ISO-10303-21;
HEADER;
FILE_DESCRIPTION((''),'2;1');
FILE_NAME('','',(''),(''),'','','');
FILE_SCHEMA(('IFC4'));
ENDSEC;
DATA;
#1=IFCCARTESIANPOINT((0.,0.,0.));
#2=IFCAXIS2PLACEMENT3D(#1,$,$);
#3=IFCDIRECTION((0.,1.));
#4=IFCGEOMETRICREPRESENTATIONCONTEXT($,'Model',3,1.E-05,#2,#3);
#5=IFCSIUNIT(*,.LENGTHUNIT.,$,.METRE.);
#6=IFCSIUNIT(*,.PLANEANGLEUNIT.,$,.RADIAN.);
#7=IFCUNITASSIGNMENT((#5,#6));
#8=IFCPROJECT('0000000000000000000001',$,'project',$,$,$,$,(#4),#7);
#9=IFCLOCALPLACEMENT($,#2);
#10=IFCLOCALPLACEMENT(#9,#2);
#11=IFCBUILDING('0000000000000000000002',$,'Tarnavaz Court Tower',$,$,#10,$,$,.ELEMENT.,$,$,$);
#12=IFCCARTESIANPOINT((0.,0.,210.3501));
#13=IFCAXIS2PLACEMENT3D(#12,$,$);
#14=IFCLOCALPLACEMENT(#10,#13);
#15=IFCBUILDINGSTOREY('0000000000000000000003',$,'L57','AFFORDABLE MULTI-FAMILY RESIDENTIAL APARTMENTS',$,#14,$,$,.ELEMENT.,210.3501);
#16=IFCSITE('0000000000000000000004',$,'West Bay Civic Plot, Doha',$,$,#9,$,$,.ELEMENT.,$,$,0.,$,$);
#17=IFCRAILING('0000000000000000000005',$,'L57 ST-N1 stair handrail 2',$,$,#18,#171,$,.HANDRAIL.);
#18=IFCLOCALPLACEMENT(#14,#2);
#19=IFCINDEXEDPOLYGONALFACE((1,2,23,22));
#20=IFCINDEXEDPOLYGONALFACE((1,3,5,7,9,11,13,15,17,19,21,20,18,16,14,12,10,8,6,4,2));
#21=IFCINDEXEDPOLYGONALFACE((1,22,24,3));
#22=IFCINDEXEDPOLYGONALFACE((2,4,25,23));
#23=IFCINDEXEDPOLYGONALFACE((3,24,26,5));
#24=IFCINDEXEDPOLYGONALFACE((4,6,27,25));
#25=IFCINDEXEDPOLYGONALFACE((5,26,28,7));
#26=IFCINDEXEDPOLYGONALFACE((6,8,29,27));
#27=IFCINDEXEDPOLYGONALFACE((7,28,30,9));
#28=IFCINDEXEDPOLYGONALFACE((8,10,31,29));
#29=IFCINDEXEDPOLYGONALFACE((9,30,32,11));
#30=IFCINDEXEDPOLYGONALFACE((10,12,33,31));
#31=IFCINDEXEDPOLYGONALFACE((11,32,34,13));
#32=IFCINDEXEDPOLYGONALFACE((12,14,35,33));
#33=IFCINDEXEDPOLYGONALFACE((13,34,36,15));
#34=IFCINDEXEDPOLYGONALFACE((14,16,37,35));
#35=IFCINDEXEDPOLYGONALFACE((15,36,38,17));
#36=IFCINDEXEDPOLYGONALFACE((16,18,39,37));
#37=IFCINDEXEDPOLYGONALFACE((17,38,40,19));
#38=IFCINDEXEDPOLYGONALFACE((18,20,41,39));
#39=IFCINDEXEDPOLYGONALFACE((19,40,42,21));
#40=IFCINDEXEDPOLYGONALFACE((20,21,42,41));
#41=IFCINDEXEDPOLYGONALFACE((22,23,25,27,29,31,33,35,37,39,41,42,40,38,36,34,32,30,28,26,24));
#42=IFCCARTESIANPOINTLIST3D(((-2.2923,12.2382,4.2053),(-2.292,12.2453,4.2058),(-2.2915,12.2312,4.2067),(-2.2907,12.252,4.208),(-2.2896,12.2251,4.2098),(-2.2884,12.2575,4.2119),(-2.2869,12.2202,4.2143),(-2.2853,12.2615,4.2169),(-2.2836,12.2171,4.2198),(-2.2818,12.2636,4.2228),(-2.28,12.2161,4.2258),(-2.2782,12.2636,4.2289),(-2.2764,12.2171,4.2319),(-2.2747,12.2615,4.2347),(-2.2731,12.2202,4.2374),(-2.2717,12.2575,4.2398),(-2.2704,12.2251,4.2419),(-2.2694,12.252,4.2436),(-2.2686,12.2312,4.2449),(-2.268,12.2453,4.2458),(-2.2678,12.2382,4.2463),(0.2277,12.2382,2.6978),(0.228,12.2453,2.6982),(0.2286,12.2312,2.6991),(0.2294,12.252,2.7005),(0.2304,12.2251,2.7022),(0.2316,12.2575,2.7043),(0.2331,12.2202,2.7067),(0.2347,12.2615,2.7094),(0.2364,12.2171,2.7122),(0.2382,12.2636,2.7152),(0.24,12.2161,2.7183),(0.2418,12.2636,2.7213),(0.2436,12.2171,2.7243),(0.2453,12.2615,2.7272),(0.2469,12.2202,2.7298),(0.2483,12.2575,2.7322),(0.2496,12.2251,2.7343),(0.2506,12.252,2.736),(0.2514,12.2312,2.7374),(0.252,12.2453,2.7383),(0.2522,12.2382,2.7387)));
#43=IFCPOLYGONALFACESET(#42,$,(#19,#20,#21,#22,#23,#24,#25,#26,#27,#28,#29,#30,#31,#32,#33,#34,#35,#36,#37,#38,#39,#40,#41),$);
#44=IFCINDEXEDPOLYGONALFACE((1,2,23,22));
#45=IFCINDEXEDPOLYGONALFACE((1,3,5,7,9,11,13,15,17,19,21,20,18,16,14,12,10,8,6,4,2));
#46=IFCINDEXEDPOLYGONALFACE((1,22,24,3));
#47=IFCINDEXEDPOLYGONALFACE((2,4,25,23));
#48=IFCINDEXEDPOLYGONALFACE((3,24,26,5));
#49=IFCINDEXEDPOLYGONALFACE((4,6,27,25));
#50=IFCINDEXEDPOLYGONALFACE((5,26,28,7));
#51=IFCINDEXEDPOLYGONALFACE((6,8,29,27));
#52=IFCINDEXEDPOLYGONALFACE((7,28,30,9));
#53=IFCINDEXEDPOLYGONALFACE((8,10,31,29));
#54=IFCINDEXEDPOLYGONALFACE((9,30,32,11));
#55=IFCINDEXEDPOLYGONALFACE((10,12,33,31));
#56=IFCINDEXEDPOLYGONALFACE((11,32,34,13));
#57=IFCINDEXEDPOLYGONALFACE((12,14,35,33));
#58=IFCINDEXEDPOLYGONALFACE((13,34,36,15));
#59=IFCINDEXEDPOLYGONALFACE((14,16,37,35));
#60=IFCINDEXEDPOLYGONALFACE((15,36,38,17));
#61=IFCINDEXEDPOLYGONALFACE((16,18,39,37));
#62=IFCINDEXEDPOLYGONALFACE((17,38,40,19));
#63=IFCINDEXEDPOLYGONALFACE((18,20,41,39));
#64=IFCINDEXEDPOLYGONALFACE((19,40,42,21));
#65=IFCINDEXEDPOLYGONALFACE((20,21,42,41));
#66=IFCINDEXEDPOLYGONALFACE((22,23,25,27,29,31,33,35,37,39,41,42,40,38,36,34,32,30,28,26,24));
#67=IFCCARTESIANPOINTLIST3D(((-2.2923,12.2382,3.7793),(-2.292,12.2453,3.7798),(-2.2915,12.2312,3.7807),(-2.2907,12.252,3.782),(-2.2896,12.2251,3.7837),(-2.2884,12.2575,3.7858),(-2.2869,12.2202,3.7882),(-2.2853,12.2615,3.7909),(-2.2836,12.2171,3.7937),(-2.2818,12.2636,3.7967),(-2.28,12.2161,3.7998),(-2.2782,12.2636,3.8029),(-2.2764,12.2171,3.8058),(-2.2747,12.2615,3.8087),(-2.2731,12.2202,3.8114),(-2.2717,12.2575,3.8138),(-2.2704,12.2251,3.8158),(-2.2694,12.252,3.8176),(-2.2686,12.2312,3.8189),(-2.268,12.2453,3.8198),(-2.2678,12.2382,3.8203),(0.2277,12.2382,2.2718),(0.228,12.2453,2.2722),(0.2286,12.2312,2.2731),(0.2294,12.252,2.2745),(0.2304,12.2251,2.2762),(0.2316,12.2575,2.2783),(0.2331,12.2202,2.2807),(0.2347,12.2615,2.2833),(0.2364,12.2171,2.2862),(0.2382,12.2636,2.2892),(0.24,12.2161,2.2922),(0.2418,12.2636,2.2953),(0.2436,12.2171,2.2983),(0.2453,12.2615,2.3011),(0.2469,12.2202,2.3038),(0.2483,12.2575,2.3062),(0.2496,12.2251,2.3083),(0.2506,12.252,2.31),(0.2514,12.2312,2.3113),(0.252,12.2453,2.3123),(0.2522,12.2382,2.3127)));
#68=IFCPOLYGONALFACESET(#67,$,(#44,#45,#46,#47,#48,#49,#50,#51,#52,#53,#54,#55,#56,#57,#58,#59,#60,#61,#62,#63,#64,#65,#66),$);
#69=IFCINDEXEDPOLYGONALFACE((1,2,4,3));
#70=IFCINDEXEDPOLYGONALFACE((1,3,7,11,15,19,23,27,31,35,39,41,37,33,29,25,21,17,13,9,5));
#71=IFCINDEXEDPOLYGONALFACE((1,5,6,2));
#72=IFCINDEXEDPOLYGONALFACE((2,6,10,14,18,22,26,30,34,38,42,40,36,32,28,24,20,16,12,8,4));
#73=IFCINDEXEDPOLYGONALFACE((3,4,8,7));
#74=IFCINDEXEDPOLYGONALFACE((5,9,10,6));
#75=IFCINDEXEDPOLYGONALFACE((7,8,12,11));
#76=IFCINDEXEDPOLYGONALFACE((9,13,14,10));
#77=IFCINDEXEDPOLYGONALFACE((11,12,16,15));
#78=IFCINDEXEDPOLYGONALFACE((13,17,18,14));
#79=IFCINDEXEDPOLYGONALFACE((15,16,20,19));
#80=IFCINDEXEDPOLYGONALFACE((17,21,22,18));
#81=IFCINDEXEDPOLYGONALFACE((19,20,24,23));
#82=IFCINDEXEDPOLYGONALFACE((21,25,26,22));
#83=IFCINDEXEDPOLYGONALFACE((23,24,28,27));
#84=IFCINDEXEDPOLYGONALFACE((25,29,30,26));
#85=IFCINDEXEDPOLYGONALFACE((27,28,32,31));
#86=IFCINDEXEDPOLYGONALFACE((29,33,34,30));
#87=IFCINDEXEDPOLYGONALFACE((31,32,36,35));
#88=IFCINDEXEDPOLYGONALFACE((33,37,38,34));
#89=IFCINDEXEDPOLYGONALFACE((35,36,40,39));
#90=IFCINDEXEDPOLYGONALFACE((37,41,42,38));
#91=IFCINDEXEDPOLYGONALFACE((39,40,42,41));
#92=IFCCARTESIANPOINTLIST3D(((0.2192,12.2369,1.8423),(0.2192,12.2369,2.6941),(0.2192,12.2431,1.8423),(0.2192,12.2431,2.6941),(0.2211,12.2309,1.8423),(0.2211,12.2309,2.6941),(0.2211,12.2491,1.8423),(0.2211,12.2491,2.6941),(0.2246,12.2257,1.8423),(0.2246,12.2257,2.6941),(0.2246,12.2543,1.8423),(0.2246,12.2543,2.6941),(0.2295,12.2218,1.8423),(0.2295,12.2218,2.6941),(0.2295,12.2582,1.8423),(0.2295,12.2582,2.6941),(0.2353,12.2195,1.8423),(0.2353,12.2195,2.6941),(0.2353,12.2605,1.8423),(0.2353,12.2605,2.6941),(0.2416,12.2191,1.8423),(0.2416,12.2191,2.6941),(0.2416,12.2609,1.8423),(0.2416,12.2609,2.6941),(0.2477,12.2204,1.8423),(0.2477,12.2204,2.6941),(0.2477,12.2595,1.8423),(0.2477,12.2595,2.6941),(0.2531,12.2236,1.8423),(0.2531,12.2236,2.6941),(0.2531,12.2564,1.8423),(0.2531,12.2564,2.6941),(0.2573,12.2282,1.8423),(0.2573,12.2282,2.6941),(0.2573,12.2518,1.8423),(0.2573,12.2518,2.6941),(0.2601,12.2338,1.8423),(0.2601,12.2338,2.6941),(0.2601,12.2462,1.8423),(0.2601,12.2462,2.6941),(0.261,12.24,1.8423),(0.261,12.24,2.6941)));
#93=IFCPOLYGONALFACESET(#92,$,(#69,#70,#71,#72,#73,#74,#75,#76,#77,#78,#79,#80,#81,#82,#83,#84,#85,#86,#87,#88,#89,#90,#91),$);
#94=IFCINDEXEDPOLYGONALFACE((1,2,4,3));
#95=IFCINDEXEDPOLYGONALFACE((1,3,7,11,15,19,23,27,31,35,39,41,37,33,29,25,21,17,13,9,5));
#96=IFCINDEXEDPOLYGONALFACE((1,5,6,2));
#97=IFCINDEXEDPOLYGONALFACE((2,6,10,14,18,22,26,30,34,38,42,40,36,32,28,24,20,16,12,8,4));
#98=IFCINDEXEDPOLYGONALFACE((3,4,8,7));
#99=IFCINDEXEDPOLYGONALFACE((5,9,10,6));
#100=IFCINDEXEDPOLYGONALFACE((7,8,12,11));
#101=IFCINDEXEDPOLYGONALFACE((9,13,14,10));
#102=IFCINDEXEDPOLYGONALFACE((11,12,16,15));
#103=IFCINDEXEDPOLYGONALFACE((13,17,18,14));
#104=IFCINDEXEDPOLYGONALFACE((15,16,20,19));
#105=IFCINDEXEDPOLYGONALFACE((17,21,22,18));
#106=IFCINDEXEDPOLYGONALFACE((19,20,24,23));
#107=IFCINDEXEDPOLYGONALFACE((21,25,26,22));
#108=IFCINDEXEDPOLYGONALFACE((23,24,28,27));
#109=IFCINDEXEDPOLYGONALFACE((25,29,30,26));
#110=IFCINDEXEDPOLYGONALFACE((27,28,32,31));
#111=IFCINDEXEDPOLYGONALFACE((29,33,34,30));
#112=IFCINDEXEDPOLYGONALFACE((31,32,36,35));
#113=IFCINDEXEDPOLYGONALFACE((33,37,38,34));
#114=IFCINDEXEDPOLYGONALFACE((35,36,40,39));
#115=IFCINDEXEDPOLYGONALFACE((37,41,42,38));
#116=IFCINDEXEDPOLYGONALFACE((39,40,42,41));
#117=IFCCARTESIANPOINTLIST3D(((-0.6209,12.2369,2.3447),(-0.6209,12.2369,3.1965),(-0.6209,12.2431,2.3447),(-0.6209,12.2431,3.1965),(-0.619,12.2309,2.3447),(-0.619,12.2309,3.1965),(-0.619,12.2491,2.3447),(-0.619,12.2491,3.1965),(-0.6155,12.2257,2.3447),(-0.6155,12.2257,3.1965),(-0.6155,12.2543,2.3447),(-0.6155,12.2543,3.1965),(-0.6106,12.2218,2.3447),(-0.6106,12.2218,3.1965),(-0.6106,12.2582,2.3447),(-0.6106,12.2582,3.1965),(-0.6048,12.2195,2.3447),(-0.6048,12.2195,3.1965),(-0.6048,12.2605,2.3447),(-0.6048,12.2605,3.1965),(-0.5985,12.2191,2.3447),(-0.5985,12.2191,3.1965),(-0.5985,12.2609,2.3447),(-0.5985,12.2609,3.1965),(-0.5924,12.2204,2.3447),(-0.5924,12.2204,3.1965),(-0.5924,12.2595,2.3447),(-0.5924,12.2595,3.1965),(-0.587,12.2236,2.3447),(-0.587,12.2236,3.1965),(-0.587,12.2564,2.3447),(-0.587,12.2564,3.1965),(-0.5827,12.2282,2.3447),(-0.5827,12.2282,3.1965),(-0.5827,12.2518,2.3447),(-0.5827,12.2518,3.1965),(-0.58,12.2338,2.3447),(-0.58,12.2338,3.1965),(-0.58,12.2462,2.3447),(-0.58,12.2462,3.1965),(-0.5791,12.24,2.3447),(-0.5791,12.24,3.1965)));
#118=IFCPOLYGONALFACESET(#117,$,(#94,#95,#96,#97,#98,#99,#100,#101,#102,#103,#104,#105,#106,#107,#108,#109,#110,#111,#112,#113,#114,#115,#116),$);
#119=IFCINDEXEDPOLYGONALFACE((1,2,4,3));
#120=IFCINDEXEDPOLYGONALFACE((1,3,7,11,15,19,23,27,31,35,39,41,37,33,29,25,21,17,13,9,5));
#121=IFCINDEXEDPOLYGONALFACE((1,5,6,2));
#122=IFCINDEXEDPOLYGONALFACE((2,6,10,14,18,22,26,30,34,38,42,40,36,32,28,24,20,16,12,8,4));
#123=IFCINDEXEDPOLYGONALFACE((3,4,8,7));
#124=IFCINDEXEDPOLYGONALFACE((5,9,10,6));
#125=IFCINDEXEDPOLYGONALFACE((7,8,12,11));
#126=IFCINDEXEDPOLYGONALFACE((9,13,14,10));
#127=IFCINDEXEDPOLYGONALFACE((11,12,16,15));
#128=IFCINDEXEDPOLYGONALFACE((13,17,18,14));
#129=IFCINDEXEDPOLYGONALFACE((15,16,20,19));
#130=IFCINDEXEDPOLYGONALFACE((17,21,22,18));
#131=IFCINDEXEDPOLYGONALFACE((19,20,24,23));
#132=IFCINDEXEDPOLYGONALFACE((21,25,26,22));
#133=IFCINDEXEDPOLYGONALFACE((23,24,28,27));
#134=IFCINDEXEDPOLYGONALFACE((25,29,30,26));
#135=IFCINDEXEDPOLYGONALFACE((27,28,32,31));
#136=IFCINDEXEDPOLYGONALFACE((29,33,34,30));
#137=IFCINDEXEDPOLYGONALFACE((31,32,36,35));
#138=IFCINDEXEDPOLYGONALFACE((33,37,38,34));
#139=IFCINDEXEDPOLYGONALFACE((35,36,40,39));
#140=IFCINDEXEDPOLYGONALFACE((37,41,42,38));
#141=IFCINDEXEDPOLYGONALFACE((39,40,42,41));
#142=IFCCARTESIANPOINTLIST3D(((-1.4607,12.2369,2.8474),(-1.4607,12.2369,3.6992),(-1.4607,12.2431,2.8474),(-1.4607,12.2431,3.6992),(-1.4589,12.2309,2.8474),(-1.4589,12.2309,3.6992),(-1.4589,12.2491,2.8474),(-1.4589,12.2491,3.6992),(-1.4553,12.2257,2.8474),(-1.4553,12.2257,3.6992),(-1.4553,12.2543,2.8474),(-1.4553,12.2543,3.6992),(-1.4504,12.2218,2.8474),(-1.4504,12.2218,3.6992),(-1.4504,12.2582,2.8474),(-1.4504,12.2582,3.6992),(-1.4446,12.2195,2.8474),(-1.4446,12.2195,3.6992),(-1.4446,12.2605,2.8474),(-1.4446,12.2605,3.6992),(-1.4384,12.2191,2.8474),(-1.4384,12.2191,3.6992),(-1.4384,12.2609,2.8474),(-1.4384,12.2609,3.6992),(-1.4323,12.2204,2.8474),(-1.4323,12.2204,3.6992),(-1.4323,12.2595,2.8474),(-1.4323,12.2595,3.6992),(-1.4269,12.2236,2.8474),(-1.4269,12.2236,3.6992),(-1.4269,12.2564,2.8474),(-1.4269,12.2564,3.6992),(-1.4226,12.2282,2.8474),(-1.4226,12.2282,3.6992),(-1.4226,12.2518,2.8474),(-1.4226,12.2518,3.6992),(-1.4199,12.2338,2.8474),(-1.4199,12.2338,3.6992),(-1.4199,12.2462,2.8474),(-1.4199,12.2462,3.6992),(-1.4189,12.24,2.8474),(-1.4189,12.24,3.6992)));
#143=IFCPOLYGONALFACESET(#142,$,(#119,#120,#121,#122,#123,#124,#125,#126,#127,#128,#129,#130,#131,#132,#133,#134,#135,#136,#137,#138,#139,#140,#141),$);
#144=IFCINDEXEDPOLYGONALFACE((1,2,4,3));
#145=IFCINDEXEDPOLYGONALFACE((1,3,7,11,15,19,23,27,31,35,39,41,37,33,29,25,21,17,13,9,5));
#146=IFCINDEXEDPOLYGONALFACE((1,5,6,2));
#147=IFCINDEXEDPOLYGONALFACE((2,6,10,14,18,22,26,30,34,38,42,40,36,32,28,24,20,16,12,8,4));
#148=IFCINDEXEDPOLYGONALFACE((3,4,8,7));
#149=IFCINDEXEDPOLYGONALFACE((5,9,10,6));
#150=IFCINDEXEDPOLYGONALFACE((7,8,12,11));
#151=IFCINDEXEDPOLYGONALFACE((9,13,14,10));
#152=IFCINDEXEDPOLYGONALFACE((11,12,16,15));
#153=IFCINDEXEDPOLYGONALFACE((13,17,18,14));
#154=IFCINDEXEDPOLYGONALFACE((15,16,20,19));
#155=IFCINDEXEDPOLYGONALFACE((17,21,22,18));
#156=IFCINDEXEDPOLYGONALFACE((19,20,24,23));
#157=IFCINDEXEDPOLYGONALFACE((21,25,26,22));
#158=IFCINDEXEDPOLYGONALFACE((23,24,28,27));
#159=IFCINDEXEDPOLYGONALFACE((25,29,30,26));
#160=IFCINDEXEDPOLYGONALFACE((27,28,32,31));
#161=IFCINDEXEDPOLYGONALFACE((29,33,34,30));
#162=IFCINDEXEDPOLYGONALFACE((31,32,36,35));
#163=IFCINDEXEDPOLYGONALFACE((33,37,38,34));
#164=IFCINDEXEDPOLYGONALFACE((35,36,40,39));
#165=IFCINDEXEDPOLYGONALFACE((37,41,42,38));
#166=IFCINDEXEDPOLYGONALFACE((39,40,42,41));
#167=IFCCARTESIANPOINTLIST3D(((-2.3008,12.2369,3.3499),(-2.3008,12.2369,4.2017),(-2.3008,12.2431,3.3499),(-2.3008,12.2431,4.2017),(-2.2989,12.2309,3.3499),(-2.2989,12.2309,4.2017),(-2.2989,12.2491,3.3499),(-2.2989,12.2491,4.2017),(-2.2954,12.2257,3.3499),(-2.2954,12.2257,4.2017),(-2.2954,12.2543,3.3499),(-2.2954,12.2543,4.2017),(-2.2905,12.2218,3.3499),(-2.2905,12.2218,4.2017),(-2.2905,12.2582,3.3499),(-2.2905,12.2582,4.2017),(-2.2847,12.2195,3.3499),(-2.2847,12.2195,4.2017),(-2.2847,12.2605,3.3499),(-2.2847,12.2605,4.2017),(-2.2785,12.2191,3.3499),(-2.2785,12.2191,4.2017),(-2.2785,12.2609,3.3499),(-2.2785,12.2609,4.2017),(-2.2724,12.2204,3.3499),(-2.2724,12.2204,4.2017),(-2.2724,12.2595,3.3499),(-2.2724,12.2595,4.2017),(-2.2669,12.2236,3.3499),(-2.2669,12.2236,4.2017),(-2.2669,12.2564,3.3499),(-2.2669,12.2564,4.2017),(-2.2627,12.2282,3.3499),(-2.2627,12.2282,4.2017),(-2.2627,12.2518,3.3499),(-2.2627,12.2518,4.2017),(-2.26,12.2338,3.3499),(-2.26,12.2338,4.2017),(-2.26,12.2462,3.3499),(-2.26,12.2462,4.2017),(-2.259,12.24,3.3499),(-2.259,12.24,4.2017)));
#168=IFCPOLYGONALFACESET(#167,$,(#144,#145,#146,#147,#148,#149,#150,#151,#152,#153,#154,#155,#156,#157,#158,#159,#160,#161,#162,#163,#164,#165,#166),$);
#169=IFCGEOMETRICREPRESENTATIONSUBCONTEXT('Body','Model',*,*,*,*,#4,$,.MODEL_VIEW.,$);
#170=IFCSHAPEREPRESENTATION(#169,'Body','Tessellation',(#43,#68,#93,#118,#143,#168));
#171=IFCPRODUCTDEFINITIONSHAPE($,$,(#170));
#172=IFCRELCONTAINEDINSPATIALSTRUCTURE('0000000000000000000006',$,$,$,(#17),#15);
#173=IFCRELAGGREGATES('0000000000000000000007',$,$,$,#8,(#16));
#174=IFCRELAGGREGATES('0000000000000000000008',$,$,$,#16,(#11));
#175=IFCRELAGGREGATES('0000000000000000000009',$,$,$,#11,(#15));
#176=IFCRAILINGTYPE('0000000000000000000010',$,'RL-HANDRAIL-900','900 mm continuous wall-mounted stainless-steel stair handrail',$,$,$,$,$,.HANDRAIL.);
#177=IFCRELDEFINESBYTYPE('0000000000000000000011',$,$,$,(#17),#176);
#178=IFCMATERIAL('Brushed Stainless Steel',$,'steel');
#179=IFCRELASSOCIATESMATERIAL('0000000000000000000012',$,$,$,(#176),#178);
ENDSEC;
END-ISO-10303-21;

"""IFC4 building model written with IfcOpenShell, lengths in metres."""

from ifc_helpers import new_model, si_unit, direction, frame, origin, origin_2d, place, context, subcontext, project, spatial, circle, extrude, material, type_object, element, save


model = new_model("IFC4")

# Units and contexts
model_context = context("Model", 3, precision=1e-05, world=origin(), true_north=direction((0.0, 1.0)))
body_context = subcontext(model_context, "Body", "Model", "MODEL_VIEW")
ifc_project = project(units=[si_unit("LENGTHUNIT", "METRE"), si_unit("PLANEANGLEUNIT", "RADIAN")], contexts=[model_context])

# Site, building, storey
site_placement = place(None, origin())
site = spatial("IfcSite", under=ifc_project, at=site_placement, Name="West Bay Civic Plot, Doha", CompositionType="ELEMENT", RefElevation=0.0)
building_placement = place(site_placement, origin())
building = spatial("IfcBuilding", under=site, at=building_placement, Name="Tarnavaz Court Tower", CompositionType="ELEMENT")
storey_placement = place(building_placement, frame((0.0, 0.0, 210.3501)))
storey = spatial("IfcBuildingStorey", under=building, at=storey_placement, Name="L57", Description="AFFORDABLE MULTI-FAMILY RESIDENTIAL APARTMENTS", CompositionType="ELEMENT", Elevation=210.3501)

# Railing
ifc_material_1 = material(Name="Brushed Stainless Steel", Category="steel")
railing_type_1 = type_object("IfcRailingType", Name="RL-HANDRAIL-900", Description="900 mm continuous wall-mounted stainless-steel stair handrail", PredefinedType="HANDRAIL", material=ifc_material_1)
railing_1_placement = place(storey_placement, frame((0.24, 12.24, 1.8423)))
element("IfcRailing", 1, at=railing_1_placement, inside=storey, type_object=railing_type_1, Name="L57 ST-N1 stair handrail 2", PredefinedType="HANDRAIL", context=body_context, shape_type="SweptSolid", body=[
    extrude(circle(Radius=0.0239, at=origin_2d()), frame((0.0, 0.0, 0.876), z_axis=(-0.85816, 0.0, 0.513383), x_axis=(0.0, -1.0, 0.0)), (0.0, 0.0, 1.0), 2.9365),
    extrude(circle(Radius=0.0239, at=origin_2d()), frame((0.0, 0.0, 0.45), z_axis=(-0.85816, 0.0, 0.513383), x_axis=(0.0, -1.0, 0.0)), (0.0, 0.0, 1.0), 2.9365),
    extrude(circle(Radius=0.021, at=origin_2d()), origin(), (0.0, 0.0, 1.0), 0.8518),
    extrude(circle(Radius=0.021, at=origin_2d()), frame((-0.8401, 0.0, 0.5024)), (0.0, 0.0, 1.0), 0.8518),
    extrude(circle(Radius=0.021, at=origin_2d()), frame((-1.6799, 0.0, 1.0051)), (0.0, 0.0, 1.0), 0.8518),
    extrude(circle(Radius=0.021, at=origin_2d()), frame((-2.52, 0.0, 1.5076)), (0.0, 0.0, 1.0), 0.8518),
])

save(model, "model.ifc")
